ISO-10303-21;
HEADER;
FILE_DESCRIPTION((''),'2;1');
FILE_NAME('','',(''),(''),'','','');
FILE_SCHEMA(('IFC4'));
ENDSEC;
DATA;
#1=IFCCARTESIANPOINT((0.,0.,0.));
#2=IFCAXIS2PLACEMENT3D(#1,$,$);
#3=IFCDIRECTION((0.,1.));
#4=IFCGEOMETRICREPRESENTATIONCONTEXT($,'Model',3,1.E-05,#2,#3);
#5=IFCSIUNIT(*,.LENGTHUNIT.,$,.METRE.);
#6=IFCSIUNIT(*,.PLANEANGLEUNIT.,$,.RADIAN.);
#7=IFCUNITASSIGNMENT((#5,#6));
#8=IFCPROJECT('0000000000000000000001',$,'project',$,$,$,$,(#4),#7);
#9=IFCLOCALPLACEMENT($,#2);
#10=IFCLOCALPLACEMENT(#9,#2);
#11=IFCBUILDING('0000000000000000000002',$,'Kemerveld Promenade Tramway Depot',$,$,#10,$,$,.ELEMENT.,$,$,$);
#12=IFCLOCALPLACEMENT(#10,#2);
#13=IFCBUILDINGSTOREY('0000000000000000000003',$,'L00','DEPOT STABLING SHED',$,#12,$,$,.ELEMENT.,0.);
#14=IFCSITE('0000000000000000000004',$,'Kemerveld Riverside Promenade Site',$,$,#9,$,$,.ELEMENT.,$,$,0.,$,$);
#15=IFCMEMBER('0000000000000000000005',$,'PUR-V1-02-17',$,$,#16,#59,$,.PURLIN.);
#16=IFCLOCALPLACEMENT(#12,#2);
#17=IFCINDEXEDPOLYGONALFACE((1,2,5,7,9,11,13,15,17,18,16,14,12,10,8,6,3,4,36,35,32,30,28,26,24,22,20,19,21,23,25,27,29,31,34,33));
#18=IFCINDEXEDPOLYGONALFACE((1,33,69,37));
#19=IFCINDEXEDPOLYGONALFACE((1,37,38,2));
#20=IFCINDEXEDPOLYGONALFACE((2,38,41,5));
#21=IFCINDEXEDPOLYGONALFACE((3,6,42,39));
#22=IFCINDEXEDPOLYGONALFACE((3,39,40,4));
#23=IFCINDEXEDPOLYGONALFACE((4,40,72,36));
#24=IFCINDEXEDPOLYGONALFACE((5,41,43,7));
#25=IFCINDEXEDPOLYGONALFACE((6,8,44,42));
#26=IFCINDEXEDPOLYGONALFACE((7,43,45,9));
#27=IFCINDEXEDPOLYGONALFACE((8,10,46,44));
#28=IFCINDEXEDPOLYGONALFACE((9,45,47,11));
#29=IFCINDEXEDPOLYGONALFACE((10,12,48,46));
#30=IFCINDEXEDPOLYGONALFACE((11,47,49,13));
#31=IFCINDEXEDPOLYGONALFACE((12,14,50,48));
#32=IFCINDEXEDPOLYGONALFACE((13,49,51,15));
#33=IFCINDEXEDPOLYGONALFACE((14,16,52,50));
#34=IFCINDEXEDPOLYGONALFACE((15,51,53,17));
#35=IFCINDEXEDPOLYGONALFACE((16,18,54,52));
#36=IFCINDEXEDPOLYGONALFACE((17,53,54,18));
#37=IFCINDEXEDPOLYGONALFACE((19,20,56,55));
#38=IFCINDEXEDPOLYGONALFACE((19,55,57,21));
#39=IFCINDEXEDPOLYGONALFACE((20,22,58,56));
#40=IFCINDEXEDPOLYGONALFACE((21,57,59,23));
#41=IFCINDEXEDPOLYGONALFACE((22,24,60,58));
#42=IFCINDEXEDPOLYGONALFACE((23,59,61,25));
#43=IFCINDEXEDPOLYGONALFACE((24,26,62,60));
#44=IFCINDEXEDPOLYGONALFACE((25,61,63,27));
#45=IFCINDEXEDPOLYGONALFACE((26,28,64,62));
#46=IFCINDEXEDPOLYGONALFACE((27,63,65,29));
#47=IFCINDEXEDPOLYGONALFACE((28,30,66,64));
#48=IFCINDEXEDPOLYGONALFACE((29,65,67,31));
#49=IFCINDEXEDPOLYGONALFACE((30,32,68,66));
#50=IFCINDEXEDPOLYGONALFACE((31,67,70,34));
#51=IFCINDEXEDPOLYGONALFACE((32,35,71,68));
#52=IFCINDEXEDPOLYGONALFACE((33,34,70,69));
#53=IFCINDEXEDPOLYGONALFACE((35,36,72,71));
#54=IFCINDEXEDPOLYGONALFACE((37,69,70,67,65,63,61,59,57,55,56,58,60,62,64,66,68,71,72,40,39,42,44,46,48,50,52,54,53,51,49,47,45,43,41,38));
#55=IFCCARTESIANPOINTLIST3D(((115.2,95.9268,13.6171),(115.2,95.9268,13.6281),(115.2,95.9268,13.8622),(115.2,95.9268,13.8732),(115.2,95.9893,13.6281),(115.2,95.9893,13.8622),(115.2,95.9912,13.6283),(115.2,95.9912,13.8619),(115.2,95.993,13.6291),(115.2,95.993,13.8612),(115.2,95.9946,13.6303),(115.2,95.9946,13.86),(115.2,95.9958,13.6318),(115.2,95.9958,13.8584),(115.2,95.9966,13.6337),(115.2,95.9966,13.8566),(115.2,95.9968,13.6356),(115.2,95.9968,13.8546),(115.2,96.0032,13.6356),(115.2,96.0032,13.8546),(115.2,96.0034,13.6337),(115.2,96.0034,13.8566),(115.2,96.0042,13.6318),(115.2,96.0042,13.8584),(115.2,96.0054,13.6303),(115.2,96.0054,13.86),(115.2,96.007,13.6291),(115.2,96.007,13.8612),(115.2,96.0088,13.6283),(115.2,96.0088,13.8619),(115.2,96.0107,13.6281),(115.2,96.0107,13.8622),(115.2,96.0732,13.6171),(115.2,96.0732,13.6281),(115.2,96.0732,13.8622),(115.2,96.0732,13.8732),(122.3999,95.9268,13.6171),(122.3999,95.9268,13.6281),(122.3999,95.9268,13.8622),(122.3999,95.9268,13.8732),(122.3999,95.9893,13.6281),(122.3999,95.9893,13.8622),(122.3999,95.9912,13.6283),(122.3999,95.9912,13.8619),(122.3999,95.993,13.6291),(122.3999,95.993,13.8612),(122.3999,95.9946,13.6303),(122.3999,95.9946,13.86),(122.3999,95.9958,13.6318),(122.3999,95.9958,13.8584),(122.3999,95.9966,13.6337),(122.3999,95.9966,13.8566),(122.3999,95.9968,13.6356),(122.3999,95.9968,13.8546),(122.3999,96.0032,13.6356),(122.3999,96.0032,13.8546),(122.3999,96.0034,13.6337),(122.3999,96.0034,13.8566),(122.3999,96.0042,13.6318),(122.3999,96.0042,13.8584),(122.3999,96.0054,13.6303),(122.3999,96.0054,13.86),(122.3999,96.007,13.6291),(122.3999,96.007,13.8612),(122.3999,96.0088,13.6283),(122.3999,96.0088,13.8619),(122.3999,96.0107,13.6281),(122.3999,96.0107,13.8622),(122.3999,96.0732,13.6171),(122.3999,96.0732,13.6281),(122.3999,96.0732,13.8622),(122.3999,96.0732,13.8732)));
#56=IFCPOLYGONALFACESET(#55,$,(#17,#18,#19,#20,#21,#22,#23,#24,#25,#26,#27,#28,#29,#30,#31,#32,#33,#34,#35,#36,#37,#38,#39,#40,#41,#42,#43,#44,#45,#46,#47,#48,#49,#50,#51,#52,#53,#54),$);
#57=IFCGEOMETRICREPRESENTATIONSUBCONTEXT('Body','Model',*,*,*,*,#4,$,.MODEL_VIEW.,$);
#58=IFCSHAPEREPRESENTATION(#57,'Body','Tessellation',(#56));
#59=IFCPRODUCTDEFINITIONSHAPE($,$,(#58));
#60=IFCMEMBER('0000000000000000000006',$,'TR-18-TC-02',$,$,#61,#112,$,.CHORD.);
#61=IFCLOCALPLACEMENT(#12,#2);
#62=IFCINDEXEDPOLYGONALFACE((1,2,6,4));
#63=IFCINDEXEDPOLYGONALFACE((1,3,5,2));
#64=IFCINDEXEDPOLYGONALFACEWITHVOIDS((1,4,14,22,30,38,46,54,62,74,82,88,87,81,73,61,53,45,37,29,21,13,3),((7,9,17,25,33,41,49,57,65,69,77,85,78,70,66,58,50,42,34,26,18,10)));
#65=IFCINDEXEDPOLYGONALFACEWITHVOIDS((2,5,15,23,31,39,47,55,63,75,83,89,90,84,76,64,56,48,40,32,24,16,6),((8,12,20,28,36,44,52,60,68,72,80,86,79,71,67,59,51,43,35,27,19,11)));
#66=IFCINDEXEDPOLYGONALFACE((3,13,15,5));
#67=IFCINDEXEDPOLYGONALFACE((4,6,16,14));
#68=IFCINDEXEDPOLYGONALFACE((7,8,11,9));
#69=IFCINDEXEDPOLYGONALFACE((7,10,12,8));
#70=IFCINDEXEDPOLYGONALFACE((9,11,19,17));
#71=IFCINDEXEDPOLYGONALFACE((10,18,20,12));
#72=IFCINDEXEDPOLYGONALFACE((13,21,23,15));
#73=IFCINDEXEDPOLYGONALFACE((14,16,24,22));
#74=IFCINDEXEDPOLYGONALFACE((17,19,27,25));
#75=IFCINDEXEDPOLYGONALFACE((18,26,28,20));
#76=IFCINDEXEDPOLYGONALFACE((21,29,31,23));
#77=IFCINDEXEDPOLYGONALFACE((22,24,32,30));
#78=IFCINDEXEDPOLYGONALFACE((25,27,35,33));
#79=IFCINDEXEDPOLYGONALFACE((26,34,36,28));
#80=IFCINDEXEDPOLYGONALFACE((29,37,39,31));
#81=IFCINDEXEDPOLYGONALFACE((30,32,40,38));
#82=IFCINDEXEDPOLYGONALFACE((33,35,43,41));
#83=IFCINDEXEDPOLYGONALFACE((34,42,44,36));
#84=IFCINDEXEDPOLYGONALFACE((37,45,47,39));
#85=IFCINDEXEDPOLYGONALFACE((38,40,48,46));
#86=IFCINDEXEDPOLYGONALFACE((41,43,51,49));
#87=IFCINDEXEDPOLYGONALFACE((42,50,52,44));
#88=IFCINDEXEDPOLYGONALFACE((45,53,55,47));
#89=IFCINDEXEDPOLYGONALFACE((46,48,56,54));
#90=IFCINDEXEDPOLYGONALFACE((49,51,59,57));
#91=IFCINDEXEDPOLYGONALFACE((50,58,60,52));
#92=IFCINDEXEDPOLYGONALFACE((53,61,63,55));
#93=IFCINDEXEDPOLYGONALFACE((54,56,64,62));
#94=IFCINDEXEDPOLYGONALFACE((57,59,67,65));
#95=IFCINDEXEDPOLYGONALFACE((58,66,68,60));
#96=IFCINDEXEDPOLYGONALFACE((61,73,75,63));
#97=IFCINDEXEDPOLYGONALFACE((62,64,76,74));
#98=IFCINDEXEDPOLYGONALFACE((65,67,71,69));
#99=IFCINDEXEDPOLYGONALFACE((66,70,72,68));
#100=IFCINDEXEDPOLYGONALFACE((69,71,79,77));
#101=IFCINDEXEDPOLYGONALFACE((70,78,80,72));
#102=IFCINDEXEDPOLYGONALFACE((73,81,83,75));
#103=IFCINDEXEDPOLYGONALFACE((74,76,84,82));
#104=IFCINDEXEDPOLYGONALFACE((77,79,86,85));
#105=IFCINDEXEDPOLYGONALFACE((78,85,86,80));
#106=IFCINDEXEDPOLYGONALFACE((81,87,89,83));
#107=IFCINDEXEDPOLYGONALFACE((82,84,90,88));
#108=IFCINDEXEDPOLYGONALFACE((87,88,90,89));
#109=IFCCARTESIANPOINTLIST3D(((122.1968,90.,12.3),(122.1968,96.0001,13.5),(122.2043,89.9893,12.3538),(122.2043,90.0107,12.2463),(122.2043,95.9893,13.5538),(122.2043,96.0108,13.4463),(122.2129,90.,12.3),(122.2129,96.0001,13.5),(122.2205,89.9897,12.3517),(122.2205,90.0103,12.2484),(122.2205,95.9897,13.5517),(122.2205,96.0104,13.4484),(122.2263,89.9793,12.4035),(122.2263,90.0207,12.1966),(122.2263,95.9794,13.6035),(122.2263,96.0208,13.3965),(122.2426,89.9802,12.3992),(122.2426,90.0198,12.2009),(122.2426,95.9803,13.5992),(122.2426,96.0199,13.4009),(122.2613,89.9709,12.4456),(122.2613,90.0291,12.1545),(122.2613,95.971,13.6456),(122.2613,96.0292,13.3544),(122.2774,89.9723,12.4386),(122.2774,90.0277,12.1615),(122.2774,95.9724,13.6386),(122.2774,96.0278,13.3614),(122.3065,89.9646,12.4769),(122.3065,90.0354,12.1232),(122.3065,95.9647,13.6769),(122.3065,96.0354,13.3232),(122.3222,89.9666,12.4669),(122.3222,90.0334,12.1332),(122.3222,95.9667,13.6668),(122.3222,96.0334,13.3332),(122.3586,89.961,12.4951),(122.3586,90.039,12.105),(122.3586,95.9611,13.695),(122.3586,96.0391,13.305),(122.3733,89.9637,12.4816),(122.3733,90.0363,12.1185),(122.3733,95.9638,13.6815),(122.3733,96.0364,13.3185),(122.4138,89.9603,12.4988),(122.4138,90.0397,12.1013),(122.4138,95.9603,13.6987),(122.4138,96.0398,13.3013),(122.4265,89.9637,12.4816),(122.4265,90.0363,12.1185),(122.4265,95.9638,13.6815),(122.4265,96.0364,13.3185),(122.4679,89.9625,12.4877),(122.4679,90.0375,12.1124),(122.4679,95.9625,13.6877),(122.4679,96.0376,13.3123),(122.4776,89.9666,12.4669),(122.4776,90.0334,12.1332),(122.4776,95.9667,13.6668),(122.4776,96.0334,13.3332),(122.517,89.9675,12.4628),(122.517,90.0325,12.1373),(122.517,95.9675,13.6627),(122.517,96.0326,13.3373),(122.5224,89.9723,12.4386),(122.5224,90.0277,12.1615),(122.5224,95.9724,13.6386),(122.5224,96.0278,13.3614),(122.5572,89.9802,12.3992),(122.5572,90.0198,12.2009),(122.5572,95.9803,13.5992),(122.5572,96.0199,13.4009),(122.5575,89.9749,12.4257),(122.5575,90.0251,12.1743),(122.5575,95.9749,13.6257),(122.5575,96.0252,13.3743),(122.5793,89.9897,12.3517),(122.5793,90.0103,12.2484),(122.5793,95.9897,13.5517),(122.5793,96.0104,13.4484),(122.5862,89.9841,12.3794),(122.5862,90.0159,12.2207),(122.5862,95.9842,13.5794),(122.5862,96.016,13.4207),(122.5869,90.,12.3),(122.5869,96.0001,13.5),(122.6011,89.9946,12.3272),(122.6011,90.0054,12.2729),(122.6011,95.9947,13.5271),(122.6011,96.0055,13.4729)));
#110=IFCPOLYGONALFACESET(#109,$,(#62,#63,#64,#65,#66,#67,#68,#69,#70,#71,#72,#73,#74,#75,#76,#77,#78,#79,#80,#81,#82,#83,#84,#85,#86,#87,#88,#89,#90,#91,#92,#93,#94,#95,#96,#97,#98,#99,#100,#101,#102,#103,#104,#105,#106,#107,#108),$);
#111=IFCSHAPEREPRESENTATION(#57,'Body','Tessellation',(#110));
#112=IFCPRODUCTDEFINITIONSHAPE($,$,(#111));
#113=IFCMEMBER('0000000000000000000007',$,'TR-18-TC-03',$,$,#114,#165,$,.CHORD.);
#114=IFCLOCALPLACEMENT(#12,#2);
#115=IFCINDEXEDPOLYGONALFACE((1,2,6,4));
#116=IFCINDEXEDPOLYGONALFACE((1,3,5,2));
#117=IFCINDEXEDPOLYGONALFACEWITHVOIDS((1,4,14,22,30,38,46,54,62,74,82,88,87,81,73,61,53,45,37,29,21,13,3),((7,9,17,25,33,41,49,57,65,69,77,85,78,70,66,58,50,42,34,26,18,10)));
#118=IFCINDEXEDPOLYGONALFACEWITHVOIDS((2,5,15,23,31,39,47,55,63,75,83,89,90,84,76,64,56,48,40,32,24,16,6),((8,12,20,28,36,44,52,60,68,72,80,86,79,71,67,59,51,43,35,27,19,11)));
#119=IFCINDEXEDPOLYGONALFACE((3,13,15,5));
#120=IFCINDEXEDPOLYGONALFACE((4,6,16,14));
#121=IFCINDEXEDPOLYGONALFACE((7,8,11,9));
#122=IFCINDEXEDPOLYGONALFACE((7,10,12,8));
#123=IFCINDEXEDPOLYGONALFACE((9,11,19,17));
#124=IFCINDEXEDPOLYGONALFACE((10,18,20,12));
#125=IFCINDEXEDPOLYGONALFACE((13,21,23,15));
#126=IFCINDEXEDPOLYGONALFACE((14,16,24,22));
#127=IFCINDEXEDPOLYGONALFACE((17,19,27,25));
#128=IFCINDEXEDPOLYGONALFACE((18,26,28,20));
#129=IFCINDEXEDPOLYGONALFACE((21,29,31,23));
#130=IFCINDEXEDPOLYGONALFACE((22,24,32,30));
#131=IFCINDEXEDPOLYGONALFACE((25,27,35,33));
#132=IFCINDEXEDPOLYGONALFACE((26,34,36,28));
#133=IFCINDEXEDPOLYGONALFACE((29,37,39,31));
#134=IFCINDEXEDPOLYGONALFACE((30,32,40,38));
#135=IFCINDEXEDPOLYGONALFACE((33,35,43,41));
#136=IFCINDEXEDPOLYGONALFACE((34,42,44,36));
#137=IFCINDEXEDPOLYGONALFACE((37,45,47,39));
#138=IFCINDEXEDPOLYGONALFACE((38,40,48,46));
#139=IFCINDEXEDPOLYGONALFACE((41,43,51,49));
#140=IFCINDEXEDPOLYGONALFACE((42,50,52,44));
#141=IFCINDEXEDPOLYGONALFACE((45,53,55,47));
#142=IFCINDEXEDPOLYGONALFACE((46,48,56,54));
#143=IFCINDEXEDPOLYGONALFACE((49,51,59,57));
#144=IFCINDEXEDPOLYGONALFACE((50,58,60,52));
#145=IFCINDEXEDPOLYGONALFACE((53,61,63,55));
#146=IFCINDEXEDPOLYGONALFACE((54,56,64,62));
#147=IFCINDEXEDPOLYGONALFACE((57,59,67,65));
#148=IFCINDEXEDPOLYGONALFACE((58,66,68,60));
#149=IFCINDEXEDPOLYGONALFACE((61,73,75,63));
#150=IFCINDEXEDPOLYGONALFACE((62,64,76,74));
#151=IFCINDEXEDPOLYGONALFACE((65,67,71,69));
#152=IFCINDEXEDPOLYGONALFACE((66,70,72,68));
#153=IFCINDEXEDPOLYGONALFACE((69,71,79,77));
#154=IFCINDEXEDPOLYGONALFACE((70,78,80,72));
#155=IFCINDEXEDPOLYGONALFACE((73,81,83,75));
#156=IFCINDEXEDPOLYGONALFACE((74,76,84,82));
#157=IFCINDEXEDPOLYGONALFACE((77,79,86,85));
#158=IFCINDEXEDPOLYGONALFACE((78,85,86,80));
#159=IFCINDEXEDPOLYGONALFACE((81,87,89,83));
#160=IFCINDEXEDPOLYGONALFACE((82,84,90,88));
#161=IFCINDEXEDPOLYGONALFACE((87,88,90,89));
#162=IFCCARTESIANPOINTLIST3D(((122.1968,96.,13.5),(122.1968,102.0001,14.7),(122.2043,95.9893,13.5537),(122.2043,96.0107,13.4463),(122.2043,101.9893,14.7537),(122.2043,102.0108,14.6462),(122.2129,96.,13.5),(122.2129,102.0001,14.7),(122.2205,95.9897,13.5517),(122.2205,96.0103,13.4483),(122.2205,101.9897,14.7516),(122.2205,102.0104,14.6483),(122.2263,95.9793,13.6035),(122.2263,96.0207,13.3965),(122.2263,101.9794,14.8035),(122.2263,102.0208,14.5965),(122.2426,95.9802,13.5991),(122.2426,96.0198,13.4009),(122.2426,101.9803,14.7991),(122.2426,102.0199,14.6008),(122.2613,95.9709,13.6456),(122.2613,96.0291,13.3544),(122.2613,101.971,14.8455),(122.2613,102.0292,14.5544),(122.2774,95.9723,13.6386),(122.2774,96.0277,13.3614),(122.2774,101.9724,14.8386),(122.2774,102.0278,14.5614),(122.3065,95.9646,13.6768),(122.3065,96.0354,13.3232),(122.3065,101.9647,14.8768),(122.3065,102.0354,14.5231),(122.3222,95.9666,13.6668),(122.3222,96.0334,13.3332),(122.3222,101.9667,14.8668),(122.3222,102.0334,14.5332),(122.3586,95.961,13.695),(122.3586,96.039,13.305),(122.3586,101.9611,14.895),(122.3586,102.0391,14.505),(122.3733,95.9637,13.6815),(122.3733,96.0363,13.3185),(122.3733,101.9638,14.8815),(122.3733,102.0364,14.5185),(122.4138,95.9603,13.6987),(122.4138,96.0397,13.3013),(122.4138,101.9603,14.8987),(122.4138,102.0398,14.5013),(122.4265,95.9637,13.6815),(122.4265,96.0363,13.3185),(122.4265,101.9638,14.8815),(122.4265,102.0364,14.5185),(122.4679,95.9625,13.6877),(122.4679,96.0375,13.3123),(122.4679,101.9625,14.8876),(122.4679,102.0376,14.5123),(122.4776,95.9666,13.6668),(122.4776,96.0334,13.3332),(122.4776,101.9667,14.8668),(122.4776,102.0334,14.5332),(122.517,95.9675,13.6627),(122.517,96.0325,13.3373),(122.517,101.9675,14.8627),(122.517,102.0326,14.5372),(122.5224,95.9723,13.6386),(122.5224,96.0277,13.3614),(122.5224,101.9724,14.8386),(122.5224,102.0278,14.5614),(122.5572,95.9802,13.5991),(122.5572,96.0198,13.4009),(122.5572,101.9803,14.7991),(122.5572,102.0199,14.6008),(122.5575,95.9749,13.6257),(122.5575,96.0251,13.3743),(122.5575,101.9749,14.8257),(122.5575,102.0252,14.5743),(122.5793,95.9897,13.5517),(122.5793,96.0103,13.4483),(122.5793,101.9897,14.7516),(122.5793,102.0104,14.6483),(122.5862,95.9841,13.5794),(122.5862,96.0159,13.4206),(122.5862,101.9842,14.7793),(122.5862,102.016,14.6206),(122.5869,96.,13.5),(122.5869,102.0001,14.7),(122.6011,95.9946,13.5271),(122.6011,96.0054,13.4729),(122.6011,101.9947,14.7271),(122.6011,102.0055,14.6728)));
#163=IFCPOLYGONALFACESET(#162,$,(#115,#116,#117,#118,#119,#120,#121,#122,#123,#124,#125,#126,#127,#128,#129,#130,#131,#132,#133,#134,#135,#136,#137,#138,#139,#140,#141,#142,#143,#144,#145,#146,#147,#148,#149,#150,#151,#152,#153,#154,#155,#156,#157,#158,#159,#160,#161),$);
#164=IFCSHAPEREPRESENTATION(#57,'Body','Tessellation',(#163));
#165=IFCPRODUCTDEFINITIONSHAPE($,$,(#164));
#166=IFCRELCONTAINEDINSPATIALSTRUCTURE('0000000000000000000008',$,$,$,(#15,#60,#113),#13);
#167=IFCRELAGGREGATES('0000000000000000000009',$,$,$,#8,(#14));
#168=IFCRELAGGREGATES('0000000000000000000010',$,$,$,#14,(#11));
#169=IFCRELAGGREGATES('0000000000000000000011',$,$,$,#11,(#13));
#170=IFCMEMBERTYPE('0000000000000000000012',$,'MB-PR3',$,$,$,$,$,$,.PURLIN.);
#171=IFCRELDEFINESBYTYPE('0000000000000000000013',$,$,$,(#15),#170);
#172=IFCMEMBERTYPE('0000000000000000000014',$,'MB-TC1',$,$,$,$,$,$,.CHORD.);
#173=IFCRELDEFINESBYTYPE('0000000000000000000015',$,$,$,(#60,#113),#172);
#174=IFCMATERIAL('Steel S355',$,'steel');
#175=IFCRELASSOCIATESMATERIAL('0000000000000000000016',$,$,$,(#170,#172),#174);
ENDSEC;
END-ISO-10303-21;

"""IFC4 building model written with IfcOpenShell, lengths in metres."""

from ifc_helpers import new_model, si_unit, direction, frame, origin, origin_2d, place, context, subcontext, project, spatial, hollow_circle, i_section, extrude, material, material_profile, profile_set, type_object, element, save


model = new_model("IFC4")

# Units and contexts
model_context = context("Model", 3, precision=1e-05, world=origin(), true_north=direction((0.0, 1.0)))
body_context = subcontext(model_context, "Body", "Model", "MODEL_VIEW")
ifc_project = project(units=[si_unit("LENGTHUNIT", "METRE"), si_unit("PLANEANGLEUNIT", "RADIAN")], contexts=[model_context])

# Site, building, storey
site_placement = place(None, origin())
site = spatial("IfcSite", under=ifc_project, at=site_placement, Name="Kemerveld Riverside Promenade Site", CompositionType="ELEMENT", RefElevation=0.0)
building_placement = place(site_placement, origin())
building = spatial("IfcBuilding", under=site, at=building_placement, Name="Kemerveld Promenade Tramway Depot", CompositionType="ELEMENT")
storey_placement = place(building_placement, origin())
storey = spatial("IfcBuildingStorey", under=building, at=storey_placement, Name="L00", Description="DEPOT STABLING SHED", CompositionType="ELEMENT", Elevation=0.0)

# Members
ifc_material_1 = material(Name="Steel S355", Category="steel")
ifc_material_profile_1 = material_profile(ifc_material_1, i_section(OverallWidth=0.1465, OverallDepth=0.2561, WebThickness=0.0063, FlangeThickness=0.011, FilletRadius=0.0076, at=origin_2d()), Name="254x146x37 UB")
ifc_profile_set_1 = profile_set([ifc_material_profile_1], Name="Steel S355")
member_type_1 = type_object("IfcMemberType", Name="MB-PR3", PredefinedType="PURLIN", material=ifc_profile_set_1)
member_1_placement = place(storey_placement, frame((115.2, 96.0, 13.7451), z_axis=(1.0, 0.0, 0.0), x_axis=(0.0, 1.0, 0.0)))
element("IfcMember", 1, at=member_1_placement, inside=storey, type_object=member_type_1, Name="PUR-V1-02-17", PredefinedType="PURLIN", context=body_context, shape_type="SweptSolid", body=[
    extrude(i_section(OverallWidth=0.1465, OverallDepth=0.2561, WebThickness=0.0063, FlangeThickness=0.011, FilletRadius=0.0076, at=origin_2d()), origin(), (0.0, 0.0, 1.0), 7.2),
])
ifc_material_profile_2 = material_profile(ifc_material_1, hollow_circle(Radius=0.2031, WallThickness=0.0161, at=origin_2d()), Name="406.4x16.0 CHS")
ifc_profile_set_2 = profile_set([ifc_material_profile_2], Name="Steel S355")
member_type_2 = type_object("IfcMemberType", Name="MB-TC1", PredefinedType="CHORD", material=ifc_profile_set_2)
for number, where, z_axis, x_axis, name in (
    (2, (122.3999, 90.0, 12.3), (0.0, 0.980582, 0.196108), (-1.0, 0.0, 0.0), "TR-18-TC-02"),
    (3, (122.3999, 96.0, 13.5), (0.0, 0.980582, 0.196108), (-1.0, 0.0, 0.0), "TR-18-TC-03"),
):
    element("IfcMember", number, at=place(storey_placement, frame(where, z_axis=z_axis, x_axis=x_axis)), inside=storey, type_object=member_type_2, Name=name, PredefinedType="CHORD", context=body_context, shape_type="SweptSolid", body=[
        extrude(hollow_circle(Radius=0.2031, WallThickness=0.0161, at=origin_2d()), origin(), (0.0, 0.0, 1.0), 6.1189),
    ])

save(model, "model.ifc")
